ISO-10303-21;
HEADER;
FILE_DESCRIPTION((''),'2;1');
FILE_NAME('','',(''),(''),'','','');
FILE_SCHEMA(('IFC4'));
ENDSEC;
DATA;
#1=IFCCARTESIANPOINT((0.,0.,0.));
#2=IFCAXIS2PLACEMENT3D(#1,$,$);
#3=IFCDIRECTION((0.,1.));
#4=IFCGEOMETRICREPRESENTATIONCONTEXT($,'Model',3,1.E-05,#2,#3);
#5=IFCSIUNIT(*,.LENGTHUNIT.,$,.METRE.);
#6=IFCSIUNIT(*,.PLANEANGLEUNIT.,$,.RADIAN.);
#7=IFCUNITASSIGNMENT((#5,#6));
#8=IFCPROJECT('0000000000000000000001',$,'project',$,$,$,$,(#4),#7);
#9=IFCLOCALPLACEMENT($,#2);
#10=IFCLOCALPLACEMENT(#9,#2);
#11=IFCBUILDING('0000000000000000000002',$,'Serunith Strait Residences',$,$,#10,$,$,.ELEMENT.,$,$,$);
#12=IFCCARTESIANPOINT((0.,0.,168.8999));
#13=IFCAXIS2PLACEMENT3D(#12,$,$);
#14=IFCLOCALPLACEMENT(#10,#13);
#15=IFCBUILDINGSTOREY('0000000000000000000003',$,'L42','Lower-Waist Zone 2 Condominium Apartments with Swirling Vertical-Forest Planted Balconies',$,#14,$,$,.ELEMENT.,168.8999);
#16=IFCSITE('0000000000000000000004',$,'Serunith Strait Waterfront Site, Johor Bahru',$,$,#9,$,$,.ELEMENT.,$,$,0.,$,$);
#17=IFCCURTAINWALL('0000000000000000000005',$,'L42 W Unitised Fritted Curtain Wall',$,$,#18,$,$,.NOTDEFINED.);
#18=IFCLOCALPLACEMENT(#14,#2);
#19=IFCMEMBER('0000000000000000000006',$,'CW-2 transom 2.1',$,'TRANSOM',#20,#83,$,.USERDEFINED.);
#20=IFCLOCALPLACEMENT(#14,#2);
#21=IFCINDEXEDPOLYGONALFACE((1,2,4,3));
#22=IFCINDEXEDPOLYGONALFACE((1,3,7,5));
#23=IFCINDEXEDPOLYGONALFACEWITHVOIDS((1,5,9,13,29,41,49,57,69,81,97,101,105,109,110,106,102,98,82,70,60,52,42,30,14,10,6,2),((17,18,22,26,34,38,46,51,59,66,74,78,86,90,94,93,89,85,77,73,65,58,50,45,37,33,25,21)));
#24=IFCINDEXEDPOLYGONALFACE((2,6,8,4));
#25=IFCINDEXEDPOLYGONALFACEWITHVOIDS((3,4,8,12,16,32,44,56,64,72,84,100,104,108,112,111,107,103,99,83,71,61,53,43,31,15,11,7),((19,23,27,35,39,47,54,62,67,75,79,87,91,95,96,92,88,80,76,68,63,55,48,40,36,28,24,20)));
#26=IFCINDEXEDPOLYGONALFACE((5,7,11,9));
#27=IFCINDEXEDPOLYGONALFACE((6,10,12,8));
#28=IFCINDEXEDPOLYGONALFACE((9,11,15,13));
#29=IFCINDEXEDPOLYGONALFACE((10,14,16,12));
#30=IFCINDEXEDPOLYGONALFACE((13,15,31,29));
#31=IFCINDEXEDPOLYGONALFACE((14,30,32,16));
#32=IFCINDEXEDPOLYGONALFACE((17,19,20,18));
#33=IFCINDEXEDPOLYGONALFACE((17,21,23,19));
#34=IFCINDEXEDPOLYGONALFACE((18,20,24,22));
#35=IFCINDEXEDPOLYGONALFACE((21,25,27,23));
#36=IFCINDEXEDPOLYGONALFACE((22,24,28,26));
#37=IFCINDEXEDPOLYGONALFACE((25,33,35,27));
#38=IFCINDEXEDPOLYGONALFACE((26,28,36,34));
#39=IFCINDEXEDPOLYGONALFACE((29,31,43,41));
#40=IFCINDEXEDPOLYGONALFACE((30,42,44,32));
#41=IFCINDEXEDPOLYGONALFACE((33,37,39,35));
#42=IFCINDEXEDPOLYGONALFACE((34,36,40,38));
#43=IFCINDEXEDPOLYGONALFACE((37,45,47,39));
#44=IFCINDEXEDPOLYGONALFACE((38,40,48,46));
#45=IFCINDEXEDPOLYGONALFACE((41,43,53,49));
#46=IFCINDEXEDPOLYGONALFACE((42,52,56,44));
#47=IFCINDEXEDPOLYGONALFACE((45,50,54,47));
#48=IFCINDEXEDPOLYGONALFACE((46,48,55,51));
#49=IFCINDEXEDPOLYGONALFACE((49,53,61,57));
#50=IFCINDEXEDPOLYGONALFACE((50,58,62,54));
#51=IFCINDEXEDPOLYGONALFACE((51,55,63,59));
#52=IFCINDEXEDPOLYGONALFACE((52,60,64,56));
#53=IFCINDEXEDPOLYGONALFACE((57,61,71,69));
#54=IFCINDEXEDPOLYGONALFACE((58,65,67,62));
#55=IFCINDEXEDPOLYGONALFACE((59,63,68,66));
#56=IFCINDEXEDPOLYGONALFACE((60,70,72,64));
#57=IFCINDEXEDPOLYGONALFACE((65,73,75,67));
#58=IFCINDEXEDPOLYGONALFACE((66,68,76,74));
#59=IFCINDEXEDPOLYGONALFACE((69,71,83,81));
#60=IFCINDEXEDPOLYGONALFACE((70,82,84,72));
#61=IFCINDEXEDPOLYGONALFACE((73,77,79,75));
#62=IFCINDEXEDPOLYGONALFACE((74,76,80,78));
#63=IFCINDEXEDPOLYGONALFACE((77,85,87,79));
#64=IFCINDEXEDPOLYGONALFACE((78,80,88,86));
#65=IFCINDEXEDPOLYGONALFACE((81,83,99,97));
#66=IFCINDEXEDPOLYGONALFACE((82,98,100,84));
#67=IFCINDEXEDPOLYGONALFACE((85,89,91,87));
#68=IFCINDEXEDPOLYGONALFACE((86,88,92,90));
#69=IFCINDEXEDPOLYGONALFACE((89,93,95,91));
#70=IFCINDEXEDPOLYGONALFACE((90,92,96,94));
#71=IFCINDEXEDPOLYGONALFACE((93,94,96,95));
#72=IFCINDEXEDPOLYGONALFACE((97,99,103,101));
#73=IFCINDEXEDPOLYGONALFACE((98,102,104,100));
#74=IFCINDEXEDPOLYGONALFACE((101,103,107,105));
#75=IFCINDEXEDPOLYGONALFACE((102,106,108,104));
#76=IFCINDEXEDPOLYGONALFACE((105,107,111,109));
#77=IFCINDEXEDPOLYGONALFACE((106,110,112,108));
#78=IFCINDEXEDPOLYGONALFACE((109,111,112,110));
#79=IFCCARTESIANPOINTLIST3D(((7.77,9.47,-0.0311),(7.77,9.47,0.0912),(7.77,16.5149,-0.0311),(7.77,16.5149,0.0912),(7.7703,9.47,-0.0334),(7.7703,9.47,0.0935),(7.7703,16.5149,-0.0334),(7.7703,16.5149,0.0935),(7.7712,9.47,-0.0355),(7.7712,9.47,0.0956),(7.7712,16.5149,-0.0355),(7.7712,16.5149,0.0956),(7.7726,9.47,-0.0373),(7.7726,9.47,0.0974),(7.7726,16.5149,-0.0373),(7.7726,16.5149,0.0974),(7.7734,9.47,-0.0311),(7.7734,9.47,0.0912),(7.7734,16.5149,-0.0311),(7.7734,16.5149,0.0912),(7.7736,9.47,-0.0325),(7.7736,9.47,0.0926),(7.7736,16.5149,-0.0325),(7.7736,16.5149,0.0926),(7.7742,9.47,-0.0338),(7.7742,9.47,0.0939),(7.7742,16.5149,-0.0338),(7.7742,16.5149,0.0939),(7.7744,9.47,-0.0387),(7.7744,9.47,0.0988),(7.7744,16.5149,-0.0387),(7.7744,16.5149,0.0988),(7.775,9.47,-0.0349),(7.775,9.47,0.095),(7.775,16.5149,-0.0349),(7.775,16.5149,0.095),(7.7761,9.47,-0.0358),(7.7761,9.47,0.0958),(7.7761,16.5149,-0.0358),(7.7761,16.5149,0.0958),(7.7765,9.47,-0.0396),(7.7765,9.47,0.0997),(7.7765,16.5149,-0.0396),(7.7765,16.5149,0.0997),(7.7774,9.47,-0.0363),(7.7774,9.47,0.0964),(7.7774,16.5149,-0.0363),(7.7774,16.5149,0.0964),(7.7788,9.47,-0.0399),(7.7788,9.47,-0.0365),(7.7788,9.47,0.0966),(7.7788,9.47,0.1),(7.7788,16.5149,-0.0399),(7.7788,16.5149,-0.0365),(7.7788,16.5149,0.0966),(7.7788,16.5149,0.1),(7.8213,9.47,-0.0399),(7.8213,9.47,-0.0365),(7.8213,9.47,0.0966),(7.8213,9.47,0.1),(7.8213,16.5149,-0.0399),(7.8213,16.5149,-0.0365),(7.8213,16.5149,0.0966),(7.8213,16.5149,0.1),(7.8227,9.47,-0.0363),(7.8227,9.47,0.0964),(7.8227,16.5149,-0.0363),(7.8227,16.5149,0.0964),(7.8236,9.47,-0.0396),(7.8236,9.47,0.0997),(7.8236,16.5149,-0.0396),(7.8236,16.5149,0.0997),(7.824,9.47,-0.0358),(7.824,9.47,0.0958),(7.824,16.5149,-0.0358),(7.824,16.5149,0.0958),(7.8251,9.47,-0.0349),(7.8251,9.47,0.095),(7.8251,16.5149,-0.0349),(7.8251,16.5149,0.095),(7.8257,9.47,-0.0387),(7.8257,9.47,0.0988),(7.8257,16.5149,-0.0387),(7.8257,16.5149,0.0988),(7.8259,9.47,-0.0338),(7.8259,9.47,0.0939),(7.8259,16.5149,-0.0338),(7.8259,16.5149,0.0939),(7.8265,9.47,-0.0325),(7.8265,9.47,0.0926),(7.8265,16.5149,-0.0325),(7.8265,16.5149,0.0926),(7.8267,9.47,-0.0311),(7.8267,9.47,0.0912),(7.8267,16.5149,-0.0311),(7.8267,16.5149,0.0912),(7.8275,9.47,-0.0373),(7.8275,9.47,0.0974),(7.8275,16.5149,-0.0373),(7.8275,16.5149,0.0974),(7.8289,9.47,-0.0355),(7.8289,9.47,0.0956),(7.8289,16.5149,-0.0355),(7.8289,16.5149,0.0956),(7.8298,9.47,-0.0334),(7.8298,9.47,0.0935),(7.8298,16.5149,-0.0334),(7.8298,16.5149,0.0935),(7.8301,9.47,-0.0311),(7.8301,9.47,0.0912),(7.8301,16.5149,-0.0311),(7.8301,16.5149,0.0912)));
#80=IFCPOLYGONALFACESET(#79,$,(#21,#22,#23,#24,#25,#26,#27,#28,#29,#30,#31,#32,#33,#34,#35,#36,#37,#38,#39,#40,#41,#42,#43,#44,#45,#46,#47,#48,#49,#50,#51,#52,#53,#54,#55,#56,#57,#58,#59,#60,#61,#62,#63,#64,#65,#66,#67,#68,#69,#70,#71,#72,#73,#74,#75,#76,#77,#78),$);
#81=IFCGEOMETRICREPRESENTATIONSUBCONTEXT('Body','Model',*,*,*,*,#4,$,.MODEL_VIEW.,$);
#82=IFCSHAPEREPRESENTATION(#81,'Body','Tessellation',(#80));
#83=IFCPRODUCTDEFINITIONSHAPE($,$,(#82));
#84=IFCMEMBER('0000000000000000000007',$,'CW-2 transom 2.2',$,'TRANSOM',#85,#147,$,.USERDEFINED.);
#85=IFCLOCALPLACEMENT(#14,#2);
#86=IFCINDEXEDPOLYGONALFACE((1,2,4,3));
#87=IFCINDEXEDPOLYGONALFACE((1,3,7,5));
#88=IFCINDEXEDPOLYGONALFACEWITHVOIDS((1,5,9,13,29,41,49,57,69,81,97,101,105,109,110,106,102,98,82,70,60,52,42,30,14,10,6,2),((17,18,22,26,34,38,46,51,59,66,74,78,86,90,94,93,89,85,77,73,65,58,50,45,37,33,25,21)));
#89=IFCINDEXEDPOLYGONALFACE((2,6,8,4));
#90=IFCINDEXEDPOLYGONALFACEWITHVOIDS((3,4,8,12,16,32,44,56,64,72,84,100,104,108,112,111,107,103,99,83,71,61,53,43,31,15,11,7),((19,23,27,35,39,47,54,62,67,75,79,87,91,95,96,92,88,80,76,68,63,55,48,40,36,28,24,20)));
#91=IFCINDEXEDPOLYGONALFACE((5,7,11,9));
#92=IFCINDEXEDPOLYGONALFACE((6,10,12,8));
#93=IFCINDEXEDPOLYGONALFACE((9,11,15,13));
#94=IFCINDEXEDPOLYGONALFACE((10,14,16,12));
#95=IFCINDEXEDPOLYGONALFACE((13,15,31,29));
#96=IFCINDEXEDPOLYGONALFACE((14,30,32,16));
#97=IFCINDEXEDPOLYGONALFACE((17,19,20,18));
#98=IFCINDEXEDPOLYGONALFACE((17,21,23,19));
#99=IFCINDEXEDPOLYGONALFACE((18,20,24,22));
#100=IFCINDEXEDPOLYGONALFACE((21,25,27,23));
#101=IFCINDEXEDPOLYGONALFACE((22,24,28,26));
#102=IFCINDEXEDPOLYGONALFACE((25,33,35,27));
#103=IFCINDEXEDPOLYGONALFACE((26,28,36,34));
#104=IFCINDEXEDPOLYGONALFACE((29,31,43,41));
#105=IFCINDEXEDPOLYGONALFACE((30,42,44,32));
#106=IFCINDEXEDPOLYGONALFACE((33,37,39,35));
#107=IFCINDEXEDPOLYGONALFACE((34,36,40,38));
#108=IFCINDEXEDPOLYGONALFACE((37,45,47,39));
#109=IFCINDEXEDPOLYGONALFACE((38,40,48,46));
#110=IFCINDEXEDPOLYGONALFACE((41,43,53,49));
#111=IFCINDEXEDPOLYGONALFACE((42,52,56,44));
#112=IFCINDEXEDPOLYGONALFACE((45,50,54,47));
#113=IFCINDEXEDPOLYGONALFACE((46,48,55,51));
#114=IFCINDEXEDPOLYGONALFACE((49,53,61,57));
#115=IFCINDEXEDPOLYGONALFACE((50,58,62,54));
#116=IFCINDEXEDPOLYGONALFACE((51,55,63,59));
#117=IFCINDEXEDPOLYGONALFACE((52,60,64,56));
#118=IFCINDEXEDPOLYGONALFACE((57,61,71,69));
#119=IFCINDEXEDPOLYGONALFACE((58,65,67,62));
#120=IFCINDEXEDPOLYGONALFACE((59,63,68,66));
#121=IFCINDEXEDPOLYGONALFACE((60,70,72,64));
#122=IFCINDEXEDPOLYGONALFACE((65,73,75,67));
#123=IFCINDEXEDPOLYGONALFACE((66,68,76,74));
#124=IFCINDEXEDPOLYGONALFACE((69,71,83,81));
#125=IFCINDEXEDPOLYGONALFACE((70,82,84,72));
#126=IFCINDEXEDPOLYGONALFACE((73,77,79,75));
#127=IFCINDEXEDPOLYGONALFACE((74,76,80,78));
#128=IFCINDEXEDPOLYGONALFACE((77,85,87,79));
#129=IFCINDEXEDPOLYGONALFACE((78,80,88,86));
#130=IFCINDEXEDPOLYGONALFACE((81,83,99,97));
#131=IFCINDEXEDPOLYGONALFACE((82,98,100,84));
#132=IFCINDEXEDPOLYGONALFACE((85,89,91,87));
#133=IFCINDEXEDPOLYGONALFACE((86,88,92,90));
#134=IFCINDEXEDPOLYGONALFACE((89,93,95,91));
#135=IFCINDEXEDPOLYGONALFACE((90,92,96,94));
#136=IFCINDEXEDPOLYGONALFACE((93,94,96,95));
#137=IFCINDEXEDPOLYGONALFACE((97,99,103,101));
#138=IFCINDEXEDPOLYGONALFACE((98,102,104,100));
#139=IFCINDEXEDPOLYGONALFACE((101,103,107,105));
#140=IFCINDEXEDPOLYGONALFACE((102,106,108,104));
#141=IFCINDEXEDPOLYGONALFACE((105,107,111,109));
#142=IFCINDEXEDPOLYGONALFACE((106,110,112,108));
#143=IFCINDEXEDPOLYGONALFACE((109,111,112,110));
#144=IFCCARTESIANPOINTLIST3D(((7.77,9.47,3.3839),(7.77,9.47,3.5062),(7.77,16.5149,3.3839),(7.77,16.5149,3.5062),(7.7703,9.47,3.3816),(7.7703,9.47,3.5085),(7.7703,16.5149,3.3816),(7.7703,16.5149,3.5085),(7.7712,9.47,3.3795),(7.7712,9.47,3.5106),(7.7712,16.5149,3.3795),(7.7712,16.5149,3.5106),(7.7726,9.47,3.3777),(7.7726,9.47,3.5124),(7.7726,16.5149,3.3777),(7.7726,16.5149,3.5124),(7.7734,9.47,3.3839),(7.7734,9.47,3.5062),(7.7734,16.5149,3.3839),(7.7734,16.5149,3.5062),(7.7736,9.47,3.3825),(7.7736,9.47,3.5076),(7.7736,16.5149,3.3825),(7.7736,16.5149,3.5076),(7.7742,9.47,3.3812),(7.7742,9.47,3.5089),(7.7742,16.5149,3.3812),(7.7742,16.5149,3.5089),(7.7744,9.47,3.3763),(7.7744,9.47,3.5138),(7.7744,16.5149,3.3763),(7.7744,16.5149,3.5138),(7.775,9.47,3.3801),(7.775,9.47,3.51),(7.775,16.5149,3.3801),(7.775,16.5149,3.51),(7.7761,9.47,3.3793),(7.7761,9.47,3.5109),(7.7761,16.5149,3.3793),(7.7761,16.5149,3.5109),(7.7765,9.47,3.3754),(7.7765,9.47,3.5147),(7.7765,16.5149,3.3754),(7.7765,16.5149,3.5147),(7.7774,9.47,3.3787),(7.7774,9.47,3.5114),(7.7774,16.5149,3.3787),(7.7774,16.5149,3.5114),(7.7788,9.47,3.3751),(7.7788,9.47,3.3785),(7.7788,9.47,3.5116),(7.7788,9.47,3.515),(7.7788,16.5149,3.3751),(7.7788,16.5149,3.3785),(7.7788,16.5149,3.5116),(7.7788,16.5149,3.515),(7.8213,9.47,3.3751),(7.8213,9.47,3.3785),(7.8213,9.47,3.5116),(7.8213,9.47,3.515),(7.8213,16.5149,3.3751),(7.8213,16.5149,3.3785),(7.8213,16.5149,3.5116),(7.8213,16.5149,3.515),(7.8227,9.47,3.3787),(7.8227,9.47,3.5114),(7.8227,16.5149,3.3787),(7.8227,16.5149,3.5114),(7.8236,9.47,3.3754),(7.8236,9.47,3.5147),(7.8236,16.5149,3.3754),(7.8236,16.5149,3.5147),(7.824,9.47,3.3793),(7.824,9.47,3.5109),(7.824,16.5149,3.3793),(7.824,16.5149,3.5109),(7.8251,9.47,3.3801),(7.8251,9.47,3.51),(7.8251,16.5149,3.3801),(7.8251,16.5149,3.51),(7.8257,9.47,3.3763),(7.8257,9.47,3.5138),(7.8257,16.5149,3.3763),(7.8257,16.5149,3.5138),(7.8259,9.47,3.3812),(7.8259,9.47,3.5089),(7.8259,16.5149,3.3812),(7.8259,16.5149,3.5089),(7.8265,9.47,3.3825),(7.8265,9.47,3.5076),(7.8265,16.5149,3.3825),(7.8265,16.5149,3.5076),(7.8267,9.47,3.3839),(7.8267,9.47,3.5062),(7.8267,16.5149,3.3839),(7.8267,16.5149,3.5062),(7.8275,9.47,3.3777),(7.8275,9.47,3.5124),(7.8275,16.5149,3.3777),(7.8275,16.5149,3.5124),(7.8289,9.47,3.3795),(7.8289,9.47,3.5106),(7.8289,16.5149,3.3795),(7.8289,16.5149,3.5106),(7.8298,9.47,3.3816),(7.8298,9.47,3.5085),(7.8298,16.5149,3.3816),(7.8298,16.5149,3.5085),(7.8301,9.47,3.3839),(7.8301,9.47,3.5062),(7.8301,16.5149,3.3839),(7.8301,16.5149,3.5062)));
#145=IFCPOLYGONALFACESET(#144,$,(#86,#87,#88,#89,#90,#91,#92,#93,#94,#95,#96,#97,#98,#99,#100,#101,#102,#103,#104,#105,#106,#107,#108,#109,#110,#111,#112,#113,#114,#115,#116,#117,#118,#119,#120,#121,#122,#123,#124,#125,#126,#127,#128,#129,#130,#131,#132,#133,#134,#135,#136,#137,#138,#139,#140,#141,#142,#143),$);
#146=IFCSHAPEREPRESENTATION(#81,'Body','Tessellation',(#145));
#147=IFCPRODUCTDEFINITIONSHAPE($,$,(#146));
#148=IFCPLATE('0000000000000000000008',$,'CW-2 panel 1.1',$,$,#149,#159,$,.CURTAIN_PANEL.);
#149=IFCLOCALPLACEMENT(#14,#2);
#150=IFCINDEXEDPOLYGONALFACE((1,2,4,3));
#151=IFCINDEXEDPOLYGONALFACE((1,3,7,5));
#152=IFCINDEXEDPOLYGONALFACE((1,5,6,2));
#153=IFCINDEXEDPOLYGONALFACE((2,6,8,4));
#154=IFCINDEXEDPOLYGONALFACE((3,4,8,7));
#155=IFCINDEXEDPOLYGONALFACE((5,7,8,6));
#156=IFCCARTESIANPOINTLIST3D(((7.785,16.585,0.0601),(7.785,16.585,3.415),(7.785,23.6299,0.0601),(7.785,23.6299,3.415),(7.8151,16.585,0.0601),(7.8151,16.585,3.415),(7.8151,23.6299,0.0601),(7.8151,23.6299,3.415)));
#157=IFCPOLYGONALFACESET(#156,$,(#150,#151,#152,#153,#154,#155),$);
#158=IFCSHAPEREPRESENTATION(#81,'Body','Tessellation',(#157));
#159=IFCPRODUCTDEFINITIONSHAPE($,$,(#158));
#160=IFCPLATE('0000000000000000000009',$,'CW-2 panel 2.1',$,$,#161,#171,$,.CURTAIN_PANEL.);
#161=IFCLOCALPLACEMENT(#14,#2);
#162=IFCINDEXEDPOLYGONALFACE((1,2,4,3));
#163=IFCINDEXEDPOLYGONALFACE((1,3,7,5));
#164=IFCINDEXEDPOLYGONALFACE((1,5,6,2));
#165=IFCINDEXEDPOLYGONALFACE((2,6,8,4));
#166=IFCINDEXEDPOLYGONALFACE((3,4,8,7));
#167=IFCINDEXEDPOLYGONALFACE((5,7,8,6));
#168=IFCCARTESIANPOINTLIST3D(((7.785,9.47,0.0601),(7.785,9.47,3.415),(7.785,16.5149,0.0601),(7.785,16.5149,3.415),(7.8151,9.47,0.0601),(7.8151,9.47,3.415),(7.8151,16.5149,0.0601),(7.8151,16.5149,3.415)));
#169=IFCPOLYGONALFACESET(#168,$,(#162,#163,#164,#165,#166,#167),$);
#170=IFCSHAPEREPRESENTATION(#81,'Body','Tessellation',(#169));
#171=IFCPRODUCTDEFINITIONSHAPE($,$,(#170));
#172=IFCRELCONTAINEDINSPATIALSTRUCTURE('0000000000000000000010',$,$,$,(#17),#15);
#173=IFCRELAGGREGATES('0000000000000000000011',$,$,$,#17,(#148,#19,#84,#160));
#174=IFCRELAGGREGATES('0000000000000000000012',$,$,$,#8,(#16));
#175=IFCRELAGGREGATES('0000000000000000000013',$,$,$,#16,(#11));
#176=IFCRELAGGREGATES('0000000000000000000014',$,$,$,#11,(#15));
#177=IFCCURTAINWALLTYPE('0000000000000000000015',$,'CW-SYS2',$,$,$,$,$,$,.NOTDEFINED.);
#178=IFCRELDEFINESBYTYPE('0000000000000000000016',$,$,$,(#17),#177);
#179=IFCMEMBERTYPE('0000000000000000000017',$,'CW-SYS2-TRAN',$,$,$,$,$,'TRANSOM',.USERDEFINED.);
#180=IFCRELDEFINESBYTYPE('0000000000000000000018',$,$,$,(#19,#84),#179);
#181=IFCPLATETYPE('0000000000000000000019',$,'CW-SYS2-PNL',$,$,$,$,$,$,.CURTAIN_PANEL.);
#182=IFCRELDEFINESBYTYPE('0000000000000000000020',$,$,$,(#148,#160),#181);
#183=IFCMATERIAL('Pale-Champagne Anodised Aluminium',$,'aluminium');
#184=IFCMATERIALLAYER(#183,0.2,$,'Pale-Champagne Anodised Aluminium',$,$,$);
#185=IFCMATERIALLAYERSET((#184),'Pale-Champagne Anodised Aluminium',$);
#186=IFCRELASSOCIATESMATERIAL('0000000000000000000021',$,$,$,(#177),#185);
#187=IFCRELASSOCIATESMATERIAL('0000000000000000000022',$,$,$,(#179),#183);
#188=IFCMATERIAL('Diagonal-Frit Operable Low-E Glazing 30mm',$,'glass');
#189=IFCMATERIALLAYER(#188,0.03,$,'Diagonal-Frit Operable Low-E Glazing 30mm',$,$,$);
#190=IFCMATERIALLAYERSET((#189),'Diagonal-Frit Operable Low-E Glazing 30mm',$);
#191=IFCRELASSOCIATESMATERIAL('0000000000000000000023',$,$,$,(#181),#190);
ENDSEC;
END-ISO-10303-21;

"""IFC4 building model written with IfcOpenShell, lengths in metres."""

from ifc_helpers import new_model, si_unit, direction, frame, origin, origin_2d, place, context, subcontext, project, spatial, rectangle, hollow_rectangle, extrude, source, transform, mapped, material, layer, layer_set, material_profile, profile_set, type_object, element, aggregate, save


model = new_model("IFC4")

# Units and contexts
model_context = context("Model", 3, precision=1e-05, world=origin(), true_north=direction((0.0, 1.0)))
body_context = subcontext(model_context, "Body", "Model", "MODEL_VIEW")
ifc_project = project(units=[si_unit("LENGTHUNIT", "METRE"), si_unit("PLANEANGLEUNIT", "RADIAN")], contexts=[model_context])

# Site, building, storey
site_placement = place(None, origin())
site = spatial("IfcSite", under=ifc_project, at=site_placement, Name="Serunith Strait Waterfront Site, Johor Bahru", CompositionType="ELEMENT", RefElevation=0.0)
building_placement = place(site_placement, origin())
building = spatial("IfcBuilding", under=site, at=building_placement, Name="Serunith Strait Residences", CompositionType="ELEMENT")
storey_placement = place(building_placement, frame((0.0, 0.0, 168.8999)))
storey = spatial("IfcBuildingStorey", under=building, at=storey_placement, Name="L42", Description="Lower-Waist Zone 2 Condominium Apartments with Swirling Vertical-Forest Planted Balconies", CompositionType="ELEMENT", Elevation=168.8999)

# Curtain wall, members, plates
ifc_material_1 = material(Name="Pale-Champagne Anodised Aluminium", Category="aluminium")
ifc_layer_1 = layer(ifc_material_1, 0.2, Name="Pale-Champagne Anodised Aluminium")
ifc_layer_set_1 = layer_set([ifc_layer_1], Name="Pale-Champagne Anodised Aluminium")
curtain_wall_type = type_object("IfcCurtainWallType", Name="CW-SYS2", PredefinedType="NOTDEFINED", material=ifc_layer_set_1)
curtain_wall_placement = place(storey_placement, origin())
curtain_wall = element("IfcCurtainWall", 1, at=curtain_wall_placement, inside=storey, type_object=curtain_wall_type, Name="L42 W Unitised Fritted Curtain Wall", PredefinedType="NOTDEFINED")
ifc_material_profile_1 = material_profile(ifc_material_1, hollow_rectangle(XDim=0.0601, YDim=0.1399, WallThickness=0.0034, InnerFilletRadius=0.0054, OuterFilletRadius=0.0088, at=origin_2d()), Name="ALU 140x60x3.5")
ifc_profile_set_1 = profile_set([ifc_material_profile_1], Name="Pale-Champagne Anodised Aluminium")
member_type_1 = type_object("IfcMemberType", Name="CW-SYS2-TRAN", ElementType="TRANSOM", PredefinedType="USERDEFINED", material=ifc_profile_set_1)
shared_shape_1 = source(origin(), body_context, "Body", "SweptSolid", [
    extrude(hollow_rectangle(XDim=0.0601, YDim=0.1399, WallThickness=0.0034, InnerFilletRadius=0.0054, OuterFilletRadius=0.0088, at=origin_2d()), origin(), (0.0, 0.0, 1.0), 7.0449),
])
member_1_placement = place(storey_placement, frame((7.8, 16.5149, 0.03), z_axis=(0.0, -1.0, 0.0), x_axis=(1.0, 0.0, 0.0)))
member_1 = element("IfcMember", 2, at=member_1_placement, type_object=member_type_1, Name="CW-2 transom 2.1", ObjectType="TRANSOM", PredefinedType="USERDEFINED", context=body_context, shape_type="MappedRepresentation", body=[
    mapped(shared_shape_1, transform((0.0, 0.0, 0.0), scale=1.0)),
])
member_2_placement = place(storey_placement, frame((7.8, 16.5149, 3.4451), z_axis=(0.0, -1.0, 0.0), x_axis=(1.0, 0.0, 0.0)))
member_2 = element("IfcMember", 3, at=member_2_placement, type_object=member_type_1, Name="CW-2 transom 2.2", ObjectType="TRANSOM", PredefinedType="USERDEFINED", context=body_context, shape_type="MappedRepresentation", body=[
    mapped(shared_shape_1, transform((0.0, 0.0, 0.0), scale=1.0)),
])
ifc_material_2 = material(Name="Diagonal-Frit Operable Low-E Glazing 30mm", Category="glass")
ifc_layer_2 = layer(ifc_material_2, 0.03, Name="Diagonal-Frit Operable Low-E Glazing 30mm")
ifc_layer_set_2 = layer_set([ifc_layer_2], Name="Diagonal-Frit Operable Low-E Glazing 30mm")
plate_type = type_object("IfcPlateType", Name="CW-SYS2-PNL", PredefinedType="CURTAIN_PANEL", material=ifc_layer_set_2)
shared_shape_2 = source(origin(), body_context, "Body", "SweptSolid", [
    extrude(rectangle(XDim=7.0449, YDim=0.03, at=origin_2d()), origin(), (0.0, 0.0, 1.0), 3.355),
])
plate_1_placement = place(storey_placement, frame((7.8, 20.1074, 0.0601), z_axis=(0.0, 0.0, 1.0), x_axis=(0.0, -1.0, 0.0)))
plate_1 = element("IfcPlate", 4, at=plate_1_placement, type_object=plate_type, Name="CW-2 panel 1.1", PredefinedType="CURTAIN_PANEL", context=body_context, shape_type="MappedRepresentation", body=[
    mapped(shared_shape_2, transform((0.0, 0.0, 0.0), scale=1.0)),
])
plate_2_placement = place(storey_placement, frame((7.8, 12.9924, 0.0601), z_axis=(0.0, 0.0, 1.0), x_axis=(0.0, -1.0, 0.0)))
plate_2 = element("IfcPlate", 5, at=plate_2_placement, type_object=plate_type, Name="CW-2 panel 2.1", PredefinedType="CURTAIN_PANEL", context=body_context, shape_type="MappedRepresentation", body=[
    mapped(shared_shape_2, transform((0.0, 0.0, 0.0), scale=1.0)),
])
aggregate(curtain_wall, [plate_1, member_1, member_2, plate_2])

save(model, "model.ifc")
